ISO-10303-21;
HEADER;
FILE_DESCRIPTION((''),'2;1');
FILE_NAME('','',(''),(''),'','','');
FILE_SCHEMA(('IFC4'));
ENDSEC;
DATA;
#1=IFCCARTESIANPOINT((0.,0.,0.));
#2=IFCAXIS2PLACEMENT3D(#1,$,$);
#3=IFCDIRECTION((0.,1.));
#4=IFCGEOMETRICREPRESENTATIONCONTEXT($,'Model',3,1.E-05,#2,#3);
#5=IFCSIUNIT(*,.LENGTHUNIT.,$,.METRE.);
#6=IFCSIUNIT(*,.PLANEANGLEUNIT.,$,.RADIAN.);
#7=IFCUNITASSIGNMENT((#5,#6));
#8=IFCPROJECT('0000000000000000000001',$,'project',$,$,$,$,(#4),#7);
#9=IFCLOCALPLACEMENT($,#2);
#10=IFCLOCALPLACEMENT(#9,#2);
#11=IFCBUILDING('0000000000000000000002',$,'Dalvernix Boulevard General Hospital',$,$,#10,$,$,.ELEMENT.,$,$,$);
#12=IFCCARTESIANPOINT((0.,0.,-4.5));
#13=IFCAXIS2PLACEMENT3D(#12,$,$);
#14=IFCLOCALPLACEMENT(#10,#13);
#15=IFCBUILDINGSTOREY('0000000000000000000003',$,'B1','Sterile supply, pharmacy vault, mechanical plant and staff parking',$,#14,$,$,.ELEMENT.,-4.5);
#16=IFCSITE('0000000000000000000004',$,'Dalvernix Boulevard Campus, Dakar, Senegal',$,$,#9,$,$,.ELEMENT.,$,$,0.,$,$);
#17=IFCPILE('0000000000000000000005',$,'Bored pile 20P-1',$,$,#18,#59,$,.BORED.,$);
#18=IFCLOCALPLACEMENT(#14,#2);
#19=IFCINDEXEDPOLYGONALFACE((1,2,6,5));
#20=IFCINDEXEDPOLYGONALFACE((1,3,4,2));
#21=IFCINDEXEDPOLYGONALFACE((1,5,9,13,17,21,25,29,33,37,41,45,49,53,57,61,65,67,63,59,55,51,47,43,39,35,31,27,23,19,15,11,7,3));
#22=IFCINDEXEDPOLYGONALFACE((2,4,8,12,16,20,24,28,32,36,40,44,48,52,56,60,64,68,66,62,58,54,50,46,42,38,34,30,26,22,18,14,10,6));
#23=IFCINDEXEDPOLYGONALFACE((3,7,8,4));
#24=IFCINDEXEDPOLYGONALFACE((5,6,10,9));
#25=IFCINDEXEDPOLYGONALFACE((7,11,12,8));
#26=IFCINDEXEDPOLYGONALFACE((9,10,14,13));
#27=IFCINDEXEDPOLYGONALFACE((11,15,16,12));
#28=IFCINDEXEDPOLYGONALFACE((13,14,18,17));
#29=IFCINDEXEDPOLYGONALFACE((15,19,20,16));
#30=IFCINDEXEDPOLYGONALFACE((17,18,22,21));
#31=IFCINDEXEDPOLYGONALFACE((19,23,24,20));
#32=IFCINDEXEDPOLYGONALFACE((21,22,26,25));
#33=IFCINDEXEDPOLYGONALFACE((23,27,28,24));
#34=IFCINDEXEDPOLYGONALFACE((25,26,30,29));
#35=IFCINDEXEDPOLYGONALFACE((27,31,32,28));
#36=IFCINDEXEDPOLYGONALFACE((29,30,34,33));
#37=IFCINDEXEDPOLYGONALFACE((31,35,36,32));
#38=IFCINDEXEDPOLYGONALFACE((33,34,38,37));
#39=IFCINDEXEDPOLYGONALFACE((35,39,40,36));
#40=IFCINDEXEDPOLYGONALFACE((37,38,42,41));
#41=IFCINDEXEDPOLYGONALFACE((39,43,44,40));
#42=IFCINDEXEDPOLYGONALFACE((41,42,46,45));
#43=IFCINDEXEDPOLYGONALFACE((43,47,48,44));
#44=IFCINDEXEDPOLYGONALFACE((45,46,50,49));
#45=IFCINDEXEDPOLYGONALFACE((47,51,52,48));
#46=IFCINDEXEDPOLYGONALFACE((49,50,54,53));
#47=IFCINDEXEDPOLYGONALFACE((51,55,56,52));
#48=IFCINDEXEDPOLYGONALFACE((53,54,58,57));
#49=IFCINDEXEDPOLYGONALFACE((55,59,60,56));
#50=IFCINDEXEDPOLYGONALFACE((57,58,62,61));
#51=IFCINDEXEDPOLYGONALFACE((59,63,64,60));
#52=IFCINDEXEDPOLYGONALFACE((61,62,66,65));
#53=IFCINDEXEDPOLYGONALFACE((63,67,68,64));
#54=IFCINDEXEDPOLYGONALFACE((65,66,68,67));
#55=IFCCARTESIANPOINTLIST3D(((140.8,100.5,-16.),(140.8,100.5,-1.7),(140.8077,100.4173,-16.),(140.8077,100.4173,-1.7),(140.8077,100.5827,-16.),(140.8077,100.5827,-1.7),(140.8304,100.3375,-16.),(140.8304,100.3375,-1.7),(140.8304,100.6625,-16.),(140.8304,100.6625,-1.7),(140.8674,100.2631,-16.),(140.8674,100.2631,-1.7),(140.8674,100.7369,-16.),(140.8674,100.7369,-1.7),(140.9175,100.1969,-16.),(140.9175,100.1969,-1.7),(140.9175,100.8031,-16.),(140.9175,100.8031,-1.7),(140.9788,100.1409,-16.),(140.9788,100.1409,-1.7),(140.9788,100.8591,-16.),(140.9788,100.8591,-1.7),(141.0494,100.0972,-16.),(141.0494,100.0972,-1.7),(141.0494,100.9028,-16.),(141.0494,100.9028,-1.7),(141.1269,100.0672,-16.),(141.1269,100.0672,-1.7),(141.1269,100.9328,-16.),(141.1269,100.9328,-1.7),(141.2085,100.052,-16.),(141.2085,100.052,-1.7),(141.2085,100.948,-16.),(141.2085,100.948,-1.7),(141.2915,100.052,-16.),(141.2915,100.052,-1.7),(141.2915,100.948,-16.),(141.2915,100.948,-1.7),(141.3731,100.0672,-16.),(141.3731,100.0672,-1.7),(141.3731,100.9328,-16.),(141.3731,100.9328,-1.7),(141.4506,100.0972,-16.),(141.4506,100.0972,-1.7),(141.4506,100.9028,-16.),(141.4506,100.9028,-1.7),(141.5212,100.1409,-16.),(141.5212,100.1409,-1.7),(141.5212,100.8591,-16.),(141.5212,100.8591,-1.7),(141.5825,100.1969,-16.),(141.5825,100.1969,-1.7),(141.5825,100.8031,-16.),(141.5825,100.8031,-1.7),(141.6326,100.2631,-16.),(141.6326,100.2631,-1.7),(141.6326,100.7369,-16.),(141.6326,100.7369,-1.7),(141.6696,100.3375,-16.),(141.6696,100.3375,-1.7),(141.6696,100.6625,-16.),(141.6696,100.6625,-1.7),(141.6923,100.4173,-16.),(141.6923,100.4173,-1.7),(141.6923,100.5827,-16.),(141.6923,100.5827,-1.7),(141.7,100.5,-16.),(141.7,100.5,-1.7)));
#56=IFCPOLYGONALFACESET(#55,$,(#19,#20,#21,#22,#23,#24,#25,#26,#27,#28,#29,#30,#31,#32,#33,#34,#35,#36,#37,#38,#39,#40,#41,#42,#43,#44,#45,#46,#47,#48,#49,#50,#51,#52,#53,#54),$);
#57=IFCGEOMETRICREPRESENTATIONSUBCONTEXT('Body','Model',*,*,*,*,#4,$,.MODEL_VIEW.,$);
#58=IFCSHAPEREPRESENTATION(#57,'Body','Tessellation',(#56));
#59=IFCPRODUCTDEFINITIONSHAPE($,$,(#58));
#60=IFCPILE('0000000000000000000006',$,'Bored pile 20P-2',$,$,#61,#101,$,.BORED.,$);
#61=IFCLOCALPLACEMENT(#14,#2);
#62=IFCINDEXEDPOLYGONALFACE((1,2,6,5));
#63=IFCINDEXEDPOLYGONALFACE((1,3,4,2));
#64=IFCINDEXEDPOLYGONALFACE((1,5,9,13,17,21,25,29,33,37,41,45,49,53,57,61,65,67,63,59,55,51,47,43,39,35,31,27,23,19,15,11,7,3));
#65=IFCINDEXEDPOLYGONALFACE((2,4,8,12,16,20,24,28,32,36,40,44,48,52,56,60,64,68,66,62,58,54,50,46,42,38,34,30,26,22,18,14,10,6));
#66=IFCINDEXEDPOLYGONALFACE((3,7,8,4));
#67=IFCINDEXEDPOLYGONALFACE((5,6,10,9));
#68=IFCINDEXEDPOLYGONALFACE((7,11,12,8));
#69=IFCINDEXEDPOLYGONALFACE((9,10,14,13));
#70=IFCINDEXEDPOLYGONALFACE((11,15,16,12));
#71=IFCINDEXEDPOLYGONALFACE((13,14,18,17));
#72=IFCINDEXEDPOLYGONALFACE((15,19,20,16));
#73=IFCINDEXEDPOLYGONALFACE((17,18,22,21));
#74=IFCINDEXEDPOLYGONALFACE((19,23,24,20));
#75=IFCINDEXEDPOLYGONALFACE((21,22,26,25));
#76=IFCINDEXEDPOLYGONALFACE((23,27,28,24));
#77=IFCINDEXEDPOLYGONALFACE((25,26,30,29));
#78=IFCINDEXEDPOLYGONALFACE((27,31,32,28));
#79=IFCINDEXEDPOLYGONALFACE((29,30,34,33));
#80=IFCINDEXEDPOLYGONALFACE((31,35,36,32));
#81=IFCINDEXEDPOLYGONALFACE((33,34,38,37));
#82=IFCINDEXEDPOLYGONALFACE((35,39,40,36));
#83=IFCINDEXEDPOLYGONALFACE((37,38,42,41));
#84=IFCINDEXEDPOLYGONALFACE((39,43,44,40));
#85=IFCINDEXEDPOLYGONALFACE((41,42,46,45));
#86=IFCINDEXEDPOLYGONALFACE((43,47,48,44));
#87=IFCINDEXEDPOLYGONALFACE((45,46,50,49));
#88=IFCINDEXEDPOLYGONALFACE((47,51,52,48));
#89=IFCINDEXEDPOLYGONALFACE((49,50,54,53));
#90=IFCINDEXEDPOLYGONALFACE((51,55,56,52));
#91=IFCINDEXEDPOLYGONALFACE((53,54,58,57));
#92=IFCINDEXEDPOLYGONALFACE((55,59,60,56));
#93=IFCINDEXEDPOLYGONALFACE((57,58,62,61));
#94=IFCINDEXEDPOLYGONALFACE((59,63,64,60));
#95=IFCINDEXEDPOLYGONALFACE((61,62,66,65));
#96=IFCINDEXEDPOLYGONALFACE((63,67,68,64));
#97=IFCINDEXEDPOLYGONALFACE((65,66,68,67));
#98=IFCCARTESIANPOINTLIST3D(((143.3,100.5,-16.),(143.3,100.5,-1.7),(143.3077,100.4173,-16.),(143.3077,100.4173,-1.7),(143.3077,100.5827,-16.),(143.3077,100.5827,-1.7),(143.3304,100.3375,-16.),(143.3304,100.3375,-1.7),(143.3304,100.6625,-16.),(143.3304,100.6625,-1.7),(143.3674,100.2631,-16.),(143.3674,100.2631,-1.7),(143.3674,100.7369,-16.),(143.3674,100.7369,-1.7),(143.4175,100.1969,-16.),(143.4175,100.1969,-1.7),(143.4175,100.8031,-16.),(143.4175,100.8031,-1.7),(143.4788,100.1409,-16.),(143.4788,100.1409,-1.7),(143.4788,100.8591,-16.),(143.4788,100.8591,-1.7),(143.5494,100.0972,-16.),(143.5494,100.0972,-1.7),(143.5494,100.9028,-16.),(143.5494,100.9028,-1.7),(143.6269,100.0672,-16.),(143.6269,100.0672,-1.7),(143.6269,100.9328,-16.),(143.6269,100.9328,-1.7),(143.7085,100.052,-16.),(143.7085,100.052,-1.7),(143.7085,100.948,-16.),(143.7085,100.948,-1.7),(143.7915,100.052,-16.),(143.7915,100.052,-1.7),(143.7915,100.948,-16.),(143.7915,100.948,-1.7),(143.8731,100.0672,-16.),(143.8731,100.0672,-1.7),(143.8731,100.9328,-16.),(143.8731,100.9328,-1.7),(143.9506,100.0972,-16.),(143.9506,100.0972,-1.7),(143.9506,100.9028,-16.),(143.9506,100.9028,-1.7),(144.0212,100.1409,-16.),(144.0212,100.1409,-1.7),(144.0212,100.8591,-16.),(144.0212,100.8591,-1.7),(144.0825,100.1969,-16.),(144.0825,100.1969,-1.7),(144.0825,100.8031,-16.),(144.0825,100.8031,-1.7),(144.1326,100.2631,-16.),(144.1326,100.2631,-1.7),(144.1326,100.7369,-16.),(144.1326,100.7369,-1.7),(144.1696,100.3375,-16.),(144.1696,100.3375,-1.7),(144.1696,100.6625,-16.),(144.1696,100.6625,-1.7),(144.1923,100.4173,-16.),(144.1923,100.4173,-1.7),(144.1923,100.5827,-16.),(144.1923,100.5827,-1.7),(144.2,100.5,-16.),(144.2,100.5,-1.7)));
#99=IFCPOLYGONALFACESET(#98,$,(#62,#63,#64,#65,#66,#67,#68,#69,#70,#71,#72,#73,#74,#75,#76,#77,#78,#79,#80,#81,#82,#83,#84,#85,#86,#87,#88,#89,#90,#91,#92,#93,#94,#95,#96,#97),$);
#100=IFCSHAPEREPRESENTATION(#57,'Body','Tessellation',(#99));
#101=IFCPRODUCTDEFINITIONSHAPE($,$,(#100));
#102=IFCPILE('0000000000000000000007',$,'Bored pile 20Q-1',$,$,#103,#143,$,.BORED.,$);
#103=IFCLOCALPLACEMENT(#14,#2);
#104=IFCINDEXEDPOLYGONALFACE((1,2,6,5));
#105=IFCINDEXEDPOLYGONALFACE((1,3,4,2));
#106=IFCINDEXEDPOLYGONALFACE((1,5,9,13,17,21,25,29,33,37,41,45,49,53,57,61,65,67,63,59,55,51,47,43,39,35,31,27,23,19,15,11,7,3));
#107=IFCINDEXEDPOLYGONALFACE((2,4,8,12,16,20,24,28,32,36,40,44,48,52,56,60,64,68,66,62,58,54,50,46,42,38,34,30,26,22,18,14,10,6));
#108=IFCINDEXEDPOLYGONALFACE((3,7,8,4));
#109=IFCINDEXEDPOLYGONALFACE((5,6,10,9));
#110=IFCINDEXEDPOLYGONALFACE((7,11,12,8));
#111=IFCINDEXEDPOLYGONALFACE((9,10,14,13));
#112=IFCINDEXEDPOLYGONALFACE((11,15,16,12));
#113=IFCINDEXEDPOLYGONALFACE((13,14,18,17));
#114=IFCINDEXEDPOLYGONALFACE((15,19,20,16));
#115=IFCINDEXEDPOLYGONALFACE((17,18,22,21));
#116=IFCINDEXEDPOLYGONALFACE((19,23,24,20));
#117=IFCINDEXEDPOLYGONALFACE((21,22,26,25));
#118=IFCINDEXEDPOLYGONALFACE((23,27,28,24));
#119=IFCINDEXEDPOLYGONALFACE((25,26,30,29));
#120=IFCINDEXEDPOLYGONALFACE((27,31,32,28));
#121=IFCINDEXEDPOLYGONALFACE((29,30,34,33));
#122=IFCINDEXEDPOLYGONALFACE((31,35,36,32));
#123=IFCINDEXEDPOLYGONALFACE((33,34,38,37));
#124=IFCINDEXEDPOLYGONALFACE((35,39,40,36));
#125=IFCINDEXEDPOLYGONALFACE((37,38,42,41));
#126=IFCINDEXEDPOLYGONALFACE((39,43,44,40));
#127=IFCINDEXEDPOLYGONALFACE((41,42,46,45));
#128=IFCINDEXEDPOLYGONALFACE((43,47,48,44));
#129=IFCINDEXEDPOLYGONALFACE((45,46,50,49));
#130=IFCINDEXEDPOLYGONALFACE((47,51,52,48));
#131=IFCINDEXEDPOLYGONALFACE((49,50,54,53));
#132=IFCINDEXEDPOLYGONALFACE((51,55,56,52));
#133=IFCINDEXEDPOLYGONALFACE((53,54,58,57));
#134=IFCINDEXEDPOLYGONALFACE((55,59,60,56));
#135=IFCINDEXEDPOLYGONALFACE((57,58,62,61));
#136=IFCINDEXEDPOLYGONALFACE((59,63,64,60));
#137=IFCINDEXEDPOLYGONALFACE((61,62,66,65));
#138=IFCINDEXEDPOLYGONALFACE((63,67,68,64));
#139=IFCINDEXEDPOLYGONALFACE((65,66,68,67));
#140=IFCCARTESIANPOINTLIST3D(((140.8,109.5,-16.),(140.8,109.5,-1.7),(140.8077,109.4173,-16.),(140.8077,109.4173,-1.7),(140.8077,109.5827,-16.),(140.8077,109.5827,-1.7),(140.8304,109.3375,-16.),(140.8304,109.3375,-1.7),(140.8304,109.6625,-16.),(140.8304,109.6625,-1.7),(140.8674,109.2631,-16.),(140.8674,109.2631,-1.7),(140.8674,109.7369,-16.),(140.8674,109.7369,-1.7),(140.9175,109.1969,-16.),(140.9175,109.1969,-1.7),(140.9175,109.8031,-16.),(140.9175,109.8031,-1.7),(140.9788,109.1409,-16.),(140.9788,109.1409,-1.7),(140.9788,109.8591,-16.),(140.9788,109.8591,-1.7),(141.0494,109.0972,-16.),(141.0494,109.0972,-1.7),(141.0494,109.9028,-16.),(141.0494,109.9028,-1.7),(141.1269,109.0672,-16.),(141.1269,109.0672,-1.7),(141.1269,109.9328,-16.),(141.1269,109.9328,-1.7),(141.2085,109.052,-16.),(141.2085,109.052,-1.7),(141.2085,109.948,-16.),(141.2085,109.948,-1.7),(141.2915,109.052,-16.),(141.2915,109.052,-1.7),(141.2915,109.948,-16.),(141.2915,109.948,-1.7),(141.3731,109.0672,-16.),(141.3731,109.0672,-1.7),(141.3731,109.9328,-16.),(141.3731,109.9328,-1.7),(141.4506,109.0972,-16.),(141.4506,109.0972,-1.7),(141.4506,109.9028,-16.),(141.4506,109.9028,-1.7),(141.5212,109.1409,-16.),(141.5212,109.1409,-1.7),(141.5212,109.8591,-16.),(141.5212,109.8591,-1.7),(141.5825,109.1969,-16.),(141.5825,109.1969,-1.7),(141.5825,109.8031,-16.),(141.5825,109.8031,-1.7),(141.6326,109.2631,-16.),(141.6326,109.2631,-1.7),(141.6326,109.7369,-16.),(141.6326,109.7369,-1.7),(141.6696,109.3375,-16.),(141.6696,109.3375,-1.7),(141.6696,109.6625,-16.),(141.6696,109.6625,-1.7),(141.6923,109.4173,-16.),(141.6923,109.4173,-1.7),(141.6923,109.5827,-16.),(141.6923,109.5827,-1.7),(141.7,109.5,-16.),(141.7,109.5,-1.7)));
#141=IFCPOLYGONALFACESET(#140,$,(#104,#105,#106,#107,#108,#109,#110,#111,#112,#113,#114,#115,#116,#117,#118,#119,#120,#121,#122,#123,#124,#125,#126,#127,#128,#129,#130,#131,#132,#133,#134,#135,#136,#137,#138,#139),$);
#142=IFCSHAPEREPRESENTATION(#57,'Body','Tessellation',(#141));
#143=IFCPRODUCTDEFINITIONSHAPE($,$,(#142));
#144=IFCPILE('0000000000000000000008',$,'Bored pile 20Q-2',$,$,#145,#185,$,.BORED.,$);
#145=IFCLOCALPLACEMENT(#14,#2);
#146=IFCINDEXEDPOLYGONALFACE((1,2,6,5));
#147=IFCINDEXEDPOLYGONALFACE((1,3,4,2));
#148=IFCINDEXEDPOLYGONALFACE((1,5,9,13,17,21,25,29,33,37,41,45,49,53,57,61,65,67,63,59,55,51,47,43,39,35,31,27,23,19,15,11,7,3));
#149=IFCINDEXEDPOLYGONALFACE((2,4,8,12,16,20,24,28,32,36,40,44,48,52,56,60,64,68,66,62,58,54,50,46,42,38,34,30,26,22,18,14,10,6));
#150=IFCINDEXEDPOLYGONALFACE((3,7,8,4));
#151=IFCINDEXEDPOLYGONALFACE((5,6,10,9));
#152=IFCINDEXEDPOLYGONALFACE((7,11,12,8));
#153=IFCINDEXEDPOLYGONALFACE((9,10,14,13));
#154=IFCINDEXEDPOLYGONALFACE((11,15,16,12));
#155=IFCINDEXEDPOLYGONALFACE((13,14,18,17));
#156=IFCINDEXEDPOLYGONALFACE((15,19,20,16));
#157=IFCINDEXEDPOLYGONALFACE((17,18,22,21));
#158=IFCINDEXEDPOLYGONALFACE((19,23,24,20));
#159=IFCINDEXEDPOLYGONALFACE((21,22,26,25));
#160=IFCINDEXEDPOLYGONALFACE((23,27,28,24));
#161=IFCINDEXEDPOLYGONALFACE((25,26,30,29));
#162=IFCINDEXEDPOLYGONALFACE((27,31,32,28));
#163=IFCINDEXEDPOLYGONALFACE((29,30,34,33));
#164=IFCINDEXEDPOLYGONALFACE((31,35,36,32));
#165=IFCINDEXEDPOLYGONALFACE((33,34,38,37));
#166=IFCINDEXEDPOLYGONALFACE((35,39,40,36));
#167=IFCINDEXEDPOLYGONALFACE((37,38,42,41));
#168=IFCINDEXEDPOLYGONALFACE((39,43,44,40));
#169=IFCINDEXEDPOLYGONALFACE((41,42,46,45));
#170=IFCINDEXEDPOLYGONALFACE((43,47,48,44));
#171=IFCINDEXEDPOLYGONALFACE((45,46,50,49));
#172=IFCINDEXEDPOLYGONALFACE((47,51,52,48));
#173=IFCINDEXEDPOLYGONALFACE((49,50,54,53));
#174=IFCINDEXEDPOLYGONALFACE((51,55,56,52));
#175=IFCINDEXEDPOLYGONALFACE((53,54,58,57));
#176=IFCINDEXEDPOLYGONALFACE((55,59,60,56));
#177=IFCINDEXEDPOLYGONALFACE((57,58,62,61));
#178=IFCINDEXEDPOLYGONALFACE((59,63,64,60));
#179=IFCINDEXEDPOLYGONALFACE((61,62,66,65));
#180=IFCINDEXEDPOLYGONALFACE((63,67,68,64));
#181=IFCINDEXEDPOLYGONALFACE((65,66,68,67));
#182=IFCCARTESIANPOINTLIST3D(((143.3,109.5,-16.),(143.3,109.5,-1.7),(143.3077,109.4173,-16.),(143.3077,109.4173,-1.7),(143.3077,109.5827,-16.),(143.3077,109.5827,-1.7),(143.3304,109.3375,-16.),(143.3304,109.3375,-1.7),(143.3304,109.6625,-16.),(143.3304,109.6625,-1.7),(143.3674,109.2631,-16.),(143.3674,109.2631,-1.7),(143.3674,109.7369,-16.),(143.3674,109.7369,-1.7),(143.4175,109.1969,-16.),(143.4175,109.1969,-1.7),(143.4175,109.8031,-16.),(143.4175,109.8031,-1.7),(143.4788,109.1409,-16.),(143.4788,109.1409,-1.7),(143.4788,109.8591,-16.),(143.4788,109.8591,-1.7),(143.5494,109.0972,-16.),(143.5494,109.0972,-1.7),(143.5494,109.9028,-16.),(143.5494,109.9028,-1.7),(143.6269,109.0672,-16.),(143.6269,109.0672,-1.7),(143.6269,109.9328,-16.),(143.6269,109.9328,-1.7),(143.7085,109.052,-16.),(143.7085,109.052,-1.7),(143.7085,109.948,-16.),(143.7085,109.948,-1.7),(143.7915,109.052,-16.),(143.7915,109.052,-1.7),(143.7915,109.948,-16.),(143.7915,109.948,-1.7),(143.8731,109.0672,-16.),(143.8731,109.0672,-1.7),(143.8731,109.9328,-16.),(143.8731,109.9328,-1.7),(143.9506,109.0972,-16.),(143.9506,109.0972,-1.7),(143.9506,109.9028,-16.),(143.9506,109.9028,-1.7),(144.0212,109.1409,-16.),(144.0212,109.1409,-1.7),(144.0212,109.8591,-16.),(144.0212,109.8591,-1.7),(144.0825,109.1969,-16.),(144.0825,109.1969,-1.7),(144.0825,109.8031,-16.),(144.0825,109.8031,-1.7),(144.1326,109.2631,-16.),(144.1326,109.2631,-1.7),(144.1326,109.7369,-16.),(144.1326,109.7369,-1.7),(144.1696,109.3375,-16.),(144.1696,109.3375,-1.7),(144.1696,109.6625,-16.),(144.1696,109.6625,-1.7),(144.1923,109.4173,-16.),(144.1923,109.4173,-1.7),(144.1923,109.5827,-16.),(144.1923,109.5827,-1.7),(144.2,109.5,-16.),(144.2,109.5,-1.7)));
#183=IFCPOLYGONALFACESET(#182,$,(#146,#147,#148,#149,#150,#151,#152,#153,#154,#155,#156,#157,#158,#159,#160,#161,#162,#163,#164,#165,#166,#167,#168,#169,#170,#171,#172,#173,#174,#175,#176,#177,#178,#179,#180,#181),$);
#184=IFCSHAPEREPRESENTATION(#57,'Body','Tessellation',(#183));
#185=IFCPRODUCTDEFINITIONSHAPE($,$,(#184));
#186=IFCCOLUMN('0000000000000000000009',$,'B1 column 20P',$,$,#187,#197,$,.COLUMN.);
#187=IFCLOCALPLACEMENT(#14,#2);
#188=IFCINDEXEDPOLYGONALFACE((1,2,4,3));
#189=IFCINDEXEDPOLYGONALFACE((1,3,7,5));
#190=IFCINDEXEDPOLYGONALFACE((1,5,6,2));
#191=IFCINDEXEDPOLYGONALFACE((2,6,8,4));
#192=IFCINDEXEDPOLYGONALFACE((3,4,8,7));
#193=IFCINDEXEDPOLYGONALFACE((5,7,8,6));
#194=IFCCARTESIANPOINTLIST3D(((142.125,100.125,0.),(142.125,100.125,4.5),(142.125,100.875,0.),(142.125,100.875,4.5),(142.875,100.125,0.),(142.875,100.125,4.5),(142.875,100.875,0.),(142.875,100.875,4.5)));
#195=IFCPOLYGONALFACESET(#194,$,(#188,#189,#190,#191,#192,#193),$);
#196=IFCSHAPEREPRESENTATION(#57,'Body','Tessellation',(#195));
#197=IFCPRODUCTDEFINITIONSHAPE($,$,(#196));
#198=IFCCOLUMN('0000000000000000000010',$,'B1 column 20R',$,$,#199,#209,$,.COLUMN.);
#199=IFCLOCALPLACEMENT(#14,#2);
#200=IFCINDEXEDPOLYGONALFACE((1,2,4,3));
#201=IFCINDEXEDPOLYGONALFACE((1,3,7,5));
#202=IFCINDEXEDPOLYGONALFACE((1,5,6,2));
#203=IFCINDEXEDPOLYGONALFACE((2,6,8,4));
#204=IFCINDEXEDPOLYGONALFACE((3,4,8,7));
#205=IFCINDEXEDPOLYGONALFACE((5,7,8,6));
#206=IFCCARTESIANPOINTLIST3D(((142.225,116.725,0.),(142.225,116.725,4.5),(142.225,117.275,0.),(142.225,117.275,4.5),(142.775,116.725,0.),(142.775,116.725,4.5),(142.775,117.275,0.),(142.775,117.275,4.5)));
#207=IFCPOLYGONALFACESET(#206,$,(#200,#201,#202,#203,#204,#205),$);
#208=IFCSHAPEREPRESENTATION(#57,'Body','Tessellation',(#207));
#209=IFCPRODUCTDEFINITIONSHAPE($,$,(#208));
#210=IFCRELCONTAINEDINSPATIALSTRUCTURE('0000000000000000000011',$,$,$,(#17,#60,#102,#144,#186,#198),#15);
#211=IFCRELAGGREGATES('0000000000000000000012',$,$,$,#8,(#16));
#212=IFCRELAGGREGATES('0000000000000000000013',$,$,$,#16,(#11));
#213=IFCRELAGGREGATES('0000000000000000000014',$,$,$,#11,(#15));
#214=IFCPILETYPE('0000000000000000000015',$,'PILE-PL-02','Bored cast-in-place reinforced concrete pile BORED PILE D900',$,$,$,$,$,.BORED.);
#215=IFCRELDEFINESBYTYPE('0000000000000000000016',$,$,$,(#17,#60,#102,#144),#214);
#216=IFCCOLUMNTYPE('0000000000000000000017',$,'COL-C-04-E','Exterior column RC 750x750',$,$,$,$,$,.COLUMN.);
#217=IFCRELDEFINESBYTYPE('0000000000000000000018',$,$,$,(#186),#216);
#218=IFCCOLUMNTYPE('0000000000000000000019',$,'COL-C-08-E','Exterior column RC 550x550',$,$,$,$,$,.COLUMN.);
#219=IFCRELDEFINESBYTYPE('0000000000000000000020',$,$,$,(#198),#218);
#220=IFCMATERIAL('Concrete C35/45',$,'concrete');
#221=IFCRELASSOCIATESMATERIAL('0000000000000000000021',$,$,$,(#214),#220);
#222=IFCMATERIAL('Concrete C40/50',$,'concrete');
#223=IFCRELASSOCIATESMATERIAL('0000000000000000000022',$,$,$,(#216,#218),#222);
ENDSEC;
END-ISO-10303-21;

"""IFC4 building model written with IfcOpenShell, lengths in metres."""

from ifc_helpers import new_model, si_unit, direction, frame, origin, origin_2d, place, context, subcontext, project, spatial, rectangle, circle, extrude, material, material_profile, profile_set, type_object, element, save


model = new_model("IFC4")

# Units and contexts
model_context = context("Model", 3, precision=1e-05, world=origin(), true_north=direction((0.0, 1.0)))
body_context = subcontext(model_context, "Body", "Model", "MODEL_VIEW")
ifc_project = project(units=[si_unit("LENGTHUNIT", "METRE"), si_unit("PLANEANGLEUNIT", "RADIAN")], contexts=[model_context])

# Site, building, storey
site_placement = place(None, origin())
site = spatial("IfcSite", under=ifc_project, at=site_placement, Name="Dalvernix Boulevard Campus, Dakar, Senegal", CompositionType="ELEMENT", RefElevation=0.0)
building_placement = place(site_placement, origin())
building = spatial("IfcBuilding", under=site, at=building_placement, Name="Dalvernix Boulevard General Hospital", CompositionType="ELEMENT")
storey_placement = place(building_placement, frame((0.0, 0.0, -4.5)))
storey = spatial("IfcBuildingStorey", under=building, at=storey_placement, Name="B1", Description="Sterile supply, pharmacy vault, mechanical plant and staff parking", CompositionType="ELEMENT", Elevation=-4.5)

# Shared definitions
ifc_material_1 = material(Name="Concrete C35/45", Category="concrete")
ifc_material_2 = material(Name="Concrete C40/50", Category="concrete")

# Piles
ifc_material_profile_1 = material_profile(ifc_material_1, circle(Radius=0.45, at=origin_2d()), Name="BORED PILE D900")
ifc_profile_set_1 = profile_set([ifc_material_profile_1], Name="Concrete C35/45")
pile_type_1 = type_object("IfcPileType", Name="PILE-PL-02", Description="Bored cast-in-place reinforced concrete pile BORED PILE D900", PredefinedType="BORED", material=ifc_profile_set_1)
for number, where, z_axis, x_axis, name in (
    (1, (141.25, 100.5, -1.7), (0.0, 0.0, -1.0), (1.0, 0.0, 0.0), "Bored pile 20P-1"),
    (2, (143.75, 100.5, -1.7), (0.0, 0.0, -1.0), (1.0, 0.0, 0.0), "Bored pile 20P-2"),
    (3, (141.25, 109.5, -1.7), (0.0, 0.0, -1.0), (1.0, 0.0, 0.0), "Bored pile 20Q-1"),
    (4, (143.75, 109.5, -1.7), (0.0, 0.0, -1.0), (1.0, 0.0, 0.0), "Bored pile 20Q-2"),
):
    element("IfcPile", number, at=place(storey_placement, frame(where, z_axis=z_axis, x_axis=x_axis)), inside=storey, type_object=pile_type_1, Name=name, PredefinedType="BORED", context=body_context, shape_type="SweptSolid", body=[
        extrude(circle(Radius=0.45, at=origin_2d()), origin(), (0.0, 0.0, 1.0), 14.3),
    ])

# Columns
ifc_material_profile_2 = material_profile(ifc_material_2, rectangle(XDim=0.75, YDim=0.75, at=origin_2d()), Name="RC 750x750")
ifc_profile_set_2 = profile_set([ifc_material_profile_2], Name="Concrete C40/50")
column_type_1 = type_object("IfcColumnType", Name="COL-C-04-E", Description="Exterior column RC 750x750", PredefinedType="COLUMN", material=ifc_profile_set_2)
column_1_placement = place(storey_placement, frame((142.5, 100.5, 0.0), z_axis=(0.0, 0.0, 1.0), x_axis=(1.0, 0.0, 0.0)))
element("IfcColumn", 5, at=column_1_placement, inside=storey, type_object=column_type_1, Name="B1 column 20P", PredefinedType="COLUMN", context=body_context, shape_type="SweptSolid", body=[
    extrude(rectangle(XDim=0.75, YDim=0.75, at=origin_2d()), origin(), (0.0, 0.0, 1.0), 4.5),
])
ifc_material_profile_3 = material_profile(ifc_material_2, rectangle(XDim=0.55, YDim=0.55, at=origin_2d()), Name="RC 550x550")
ifc_profile_set_3 = profile_set([ifc_material_profile_3], Name="Concrete C40/50")
column_type_2 = type_object("IfcColumnType", Name="COL-C-08-E", Description="Exterior column RC 550x550", PredefinedType="COLUMN", material=ifc_profile_set_3)
column_2_placement = place(storey_placement, frame((142.5, 117.0, 0.0), z_axis=(0.0, 0.0, 1.0), x_axis=(1.0, 0.0, 0.0)))
element("IfcColumn", 6, at=column_2_placement, inside=storey, type_object=column_type_2, Name="B1 column 20R", PredefinedType="COLUMN", context=body_context, shape_type="SweptSolid", body=[
    extrude(rectangle(XDim=0.55, YDim=0.55, at=origin_2d()), origin(), (0.0, 0.0, 1.0), 4.5),
])

save(model, "model.ifc")
